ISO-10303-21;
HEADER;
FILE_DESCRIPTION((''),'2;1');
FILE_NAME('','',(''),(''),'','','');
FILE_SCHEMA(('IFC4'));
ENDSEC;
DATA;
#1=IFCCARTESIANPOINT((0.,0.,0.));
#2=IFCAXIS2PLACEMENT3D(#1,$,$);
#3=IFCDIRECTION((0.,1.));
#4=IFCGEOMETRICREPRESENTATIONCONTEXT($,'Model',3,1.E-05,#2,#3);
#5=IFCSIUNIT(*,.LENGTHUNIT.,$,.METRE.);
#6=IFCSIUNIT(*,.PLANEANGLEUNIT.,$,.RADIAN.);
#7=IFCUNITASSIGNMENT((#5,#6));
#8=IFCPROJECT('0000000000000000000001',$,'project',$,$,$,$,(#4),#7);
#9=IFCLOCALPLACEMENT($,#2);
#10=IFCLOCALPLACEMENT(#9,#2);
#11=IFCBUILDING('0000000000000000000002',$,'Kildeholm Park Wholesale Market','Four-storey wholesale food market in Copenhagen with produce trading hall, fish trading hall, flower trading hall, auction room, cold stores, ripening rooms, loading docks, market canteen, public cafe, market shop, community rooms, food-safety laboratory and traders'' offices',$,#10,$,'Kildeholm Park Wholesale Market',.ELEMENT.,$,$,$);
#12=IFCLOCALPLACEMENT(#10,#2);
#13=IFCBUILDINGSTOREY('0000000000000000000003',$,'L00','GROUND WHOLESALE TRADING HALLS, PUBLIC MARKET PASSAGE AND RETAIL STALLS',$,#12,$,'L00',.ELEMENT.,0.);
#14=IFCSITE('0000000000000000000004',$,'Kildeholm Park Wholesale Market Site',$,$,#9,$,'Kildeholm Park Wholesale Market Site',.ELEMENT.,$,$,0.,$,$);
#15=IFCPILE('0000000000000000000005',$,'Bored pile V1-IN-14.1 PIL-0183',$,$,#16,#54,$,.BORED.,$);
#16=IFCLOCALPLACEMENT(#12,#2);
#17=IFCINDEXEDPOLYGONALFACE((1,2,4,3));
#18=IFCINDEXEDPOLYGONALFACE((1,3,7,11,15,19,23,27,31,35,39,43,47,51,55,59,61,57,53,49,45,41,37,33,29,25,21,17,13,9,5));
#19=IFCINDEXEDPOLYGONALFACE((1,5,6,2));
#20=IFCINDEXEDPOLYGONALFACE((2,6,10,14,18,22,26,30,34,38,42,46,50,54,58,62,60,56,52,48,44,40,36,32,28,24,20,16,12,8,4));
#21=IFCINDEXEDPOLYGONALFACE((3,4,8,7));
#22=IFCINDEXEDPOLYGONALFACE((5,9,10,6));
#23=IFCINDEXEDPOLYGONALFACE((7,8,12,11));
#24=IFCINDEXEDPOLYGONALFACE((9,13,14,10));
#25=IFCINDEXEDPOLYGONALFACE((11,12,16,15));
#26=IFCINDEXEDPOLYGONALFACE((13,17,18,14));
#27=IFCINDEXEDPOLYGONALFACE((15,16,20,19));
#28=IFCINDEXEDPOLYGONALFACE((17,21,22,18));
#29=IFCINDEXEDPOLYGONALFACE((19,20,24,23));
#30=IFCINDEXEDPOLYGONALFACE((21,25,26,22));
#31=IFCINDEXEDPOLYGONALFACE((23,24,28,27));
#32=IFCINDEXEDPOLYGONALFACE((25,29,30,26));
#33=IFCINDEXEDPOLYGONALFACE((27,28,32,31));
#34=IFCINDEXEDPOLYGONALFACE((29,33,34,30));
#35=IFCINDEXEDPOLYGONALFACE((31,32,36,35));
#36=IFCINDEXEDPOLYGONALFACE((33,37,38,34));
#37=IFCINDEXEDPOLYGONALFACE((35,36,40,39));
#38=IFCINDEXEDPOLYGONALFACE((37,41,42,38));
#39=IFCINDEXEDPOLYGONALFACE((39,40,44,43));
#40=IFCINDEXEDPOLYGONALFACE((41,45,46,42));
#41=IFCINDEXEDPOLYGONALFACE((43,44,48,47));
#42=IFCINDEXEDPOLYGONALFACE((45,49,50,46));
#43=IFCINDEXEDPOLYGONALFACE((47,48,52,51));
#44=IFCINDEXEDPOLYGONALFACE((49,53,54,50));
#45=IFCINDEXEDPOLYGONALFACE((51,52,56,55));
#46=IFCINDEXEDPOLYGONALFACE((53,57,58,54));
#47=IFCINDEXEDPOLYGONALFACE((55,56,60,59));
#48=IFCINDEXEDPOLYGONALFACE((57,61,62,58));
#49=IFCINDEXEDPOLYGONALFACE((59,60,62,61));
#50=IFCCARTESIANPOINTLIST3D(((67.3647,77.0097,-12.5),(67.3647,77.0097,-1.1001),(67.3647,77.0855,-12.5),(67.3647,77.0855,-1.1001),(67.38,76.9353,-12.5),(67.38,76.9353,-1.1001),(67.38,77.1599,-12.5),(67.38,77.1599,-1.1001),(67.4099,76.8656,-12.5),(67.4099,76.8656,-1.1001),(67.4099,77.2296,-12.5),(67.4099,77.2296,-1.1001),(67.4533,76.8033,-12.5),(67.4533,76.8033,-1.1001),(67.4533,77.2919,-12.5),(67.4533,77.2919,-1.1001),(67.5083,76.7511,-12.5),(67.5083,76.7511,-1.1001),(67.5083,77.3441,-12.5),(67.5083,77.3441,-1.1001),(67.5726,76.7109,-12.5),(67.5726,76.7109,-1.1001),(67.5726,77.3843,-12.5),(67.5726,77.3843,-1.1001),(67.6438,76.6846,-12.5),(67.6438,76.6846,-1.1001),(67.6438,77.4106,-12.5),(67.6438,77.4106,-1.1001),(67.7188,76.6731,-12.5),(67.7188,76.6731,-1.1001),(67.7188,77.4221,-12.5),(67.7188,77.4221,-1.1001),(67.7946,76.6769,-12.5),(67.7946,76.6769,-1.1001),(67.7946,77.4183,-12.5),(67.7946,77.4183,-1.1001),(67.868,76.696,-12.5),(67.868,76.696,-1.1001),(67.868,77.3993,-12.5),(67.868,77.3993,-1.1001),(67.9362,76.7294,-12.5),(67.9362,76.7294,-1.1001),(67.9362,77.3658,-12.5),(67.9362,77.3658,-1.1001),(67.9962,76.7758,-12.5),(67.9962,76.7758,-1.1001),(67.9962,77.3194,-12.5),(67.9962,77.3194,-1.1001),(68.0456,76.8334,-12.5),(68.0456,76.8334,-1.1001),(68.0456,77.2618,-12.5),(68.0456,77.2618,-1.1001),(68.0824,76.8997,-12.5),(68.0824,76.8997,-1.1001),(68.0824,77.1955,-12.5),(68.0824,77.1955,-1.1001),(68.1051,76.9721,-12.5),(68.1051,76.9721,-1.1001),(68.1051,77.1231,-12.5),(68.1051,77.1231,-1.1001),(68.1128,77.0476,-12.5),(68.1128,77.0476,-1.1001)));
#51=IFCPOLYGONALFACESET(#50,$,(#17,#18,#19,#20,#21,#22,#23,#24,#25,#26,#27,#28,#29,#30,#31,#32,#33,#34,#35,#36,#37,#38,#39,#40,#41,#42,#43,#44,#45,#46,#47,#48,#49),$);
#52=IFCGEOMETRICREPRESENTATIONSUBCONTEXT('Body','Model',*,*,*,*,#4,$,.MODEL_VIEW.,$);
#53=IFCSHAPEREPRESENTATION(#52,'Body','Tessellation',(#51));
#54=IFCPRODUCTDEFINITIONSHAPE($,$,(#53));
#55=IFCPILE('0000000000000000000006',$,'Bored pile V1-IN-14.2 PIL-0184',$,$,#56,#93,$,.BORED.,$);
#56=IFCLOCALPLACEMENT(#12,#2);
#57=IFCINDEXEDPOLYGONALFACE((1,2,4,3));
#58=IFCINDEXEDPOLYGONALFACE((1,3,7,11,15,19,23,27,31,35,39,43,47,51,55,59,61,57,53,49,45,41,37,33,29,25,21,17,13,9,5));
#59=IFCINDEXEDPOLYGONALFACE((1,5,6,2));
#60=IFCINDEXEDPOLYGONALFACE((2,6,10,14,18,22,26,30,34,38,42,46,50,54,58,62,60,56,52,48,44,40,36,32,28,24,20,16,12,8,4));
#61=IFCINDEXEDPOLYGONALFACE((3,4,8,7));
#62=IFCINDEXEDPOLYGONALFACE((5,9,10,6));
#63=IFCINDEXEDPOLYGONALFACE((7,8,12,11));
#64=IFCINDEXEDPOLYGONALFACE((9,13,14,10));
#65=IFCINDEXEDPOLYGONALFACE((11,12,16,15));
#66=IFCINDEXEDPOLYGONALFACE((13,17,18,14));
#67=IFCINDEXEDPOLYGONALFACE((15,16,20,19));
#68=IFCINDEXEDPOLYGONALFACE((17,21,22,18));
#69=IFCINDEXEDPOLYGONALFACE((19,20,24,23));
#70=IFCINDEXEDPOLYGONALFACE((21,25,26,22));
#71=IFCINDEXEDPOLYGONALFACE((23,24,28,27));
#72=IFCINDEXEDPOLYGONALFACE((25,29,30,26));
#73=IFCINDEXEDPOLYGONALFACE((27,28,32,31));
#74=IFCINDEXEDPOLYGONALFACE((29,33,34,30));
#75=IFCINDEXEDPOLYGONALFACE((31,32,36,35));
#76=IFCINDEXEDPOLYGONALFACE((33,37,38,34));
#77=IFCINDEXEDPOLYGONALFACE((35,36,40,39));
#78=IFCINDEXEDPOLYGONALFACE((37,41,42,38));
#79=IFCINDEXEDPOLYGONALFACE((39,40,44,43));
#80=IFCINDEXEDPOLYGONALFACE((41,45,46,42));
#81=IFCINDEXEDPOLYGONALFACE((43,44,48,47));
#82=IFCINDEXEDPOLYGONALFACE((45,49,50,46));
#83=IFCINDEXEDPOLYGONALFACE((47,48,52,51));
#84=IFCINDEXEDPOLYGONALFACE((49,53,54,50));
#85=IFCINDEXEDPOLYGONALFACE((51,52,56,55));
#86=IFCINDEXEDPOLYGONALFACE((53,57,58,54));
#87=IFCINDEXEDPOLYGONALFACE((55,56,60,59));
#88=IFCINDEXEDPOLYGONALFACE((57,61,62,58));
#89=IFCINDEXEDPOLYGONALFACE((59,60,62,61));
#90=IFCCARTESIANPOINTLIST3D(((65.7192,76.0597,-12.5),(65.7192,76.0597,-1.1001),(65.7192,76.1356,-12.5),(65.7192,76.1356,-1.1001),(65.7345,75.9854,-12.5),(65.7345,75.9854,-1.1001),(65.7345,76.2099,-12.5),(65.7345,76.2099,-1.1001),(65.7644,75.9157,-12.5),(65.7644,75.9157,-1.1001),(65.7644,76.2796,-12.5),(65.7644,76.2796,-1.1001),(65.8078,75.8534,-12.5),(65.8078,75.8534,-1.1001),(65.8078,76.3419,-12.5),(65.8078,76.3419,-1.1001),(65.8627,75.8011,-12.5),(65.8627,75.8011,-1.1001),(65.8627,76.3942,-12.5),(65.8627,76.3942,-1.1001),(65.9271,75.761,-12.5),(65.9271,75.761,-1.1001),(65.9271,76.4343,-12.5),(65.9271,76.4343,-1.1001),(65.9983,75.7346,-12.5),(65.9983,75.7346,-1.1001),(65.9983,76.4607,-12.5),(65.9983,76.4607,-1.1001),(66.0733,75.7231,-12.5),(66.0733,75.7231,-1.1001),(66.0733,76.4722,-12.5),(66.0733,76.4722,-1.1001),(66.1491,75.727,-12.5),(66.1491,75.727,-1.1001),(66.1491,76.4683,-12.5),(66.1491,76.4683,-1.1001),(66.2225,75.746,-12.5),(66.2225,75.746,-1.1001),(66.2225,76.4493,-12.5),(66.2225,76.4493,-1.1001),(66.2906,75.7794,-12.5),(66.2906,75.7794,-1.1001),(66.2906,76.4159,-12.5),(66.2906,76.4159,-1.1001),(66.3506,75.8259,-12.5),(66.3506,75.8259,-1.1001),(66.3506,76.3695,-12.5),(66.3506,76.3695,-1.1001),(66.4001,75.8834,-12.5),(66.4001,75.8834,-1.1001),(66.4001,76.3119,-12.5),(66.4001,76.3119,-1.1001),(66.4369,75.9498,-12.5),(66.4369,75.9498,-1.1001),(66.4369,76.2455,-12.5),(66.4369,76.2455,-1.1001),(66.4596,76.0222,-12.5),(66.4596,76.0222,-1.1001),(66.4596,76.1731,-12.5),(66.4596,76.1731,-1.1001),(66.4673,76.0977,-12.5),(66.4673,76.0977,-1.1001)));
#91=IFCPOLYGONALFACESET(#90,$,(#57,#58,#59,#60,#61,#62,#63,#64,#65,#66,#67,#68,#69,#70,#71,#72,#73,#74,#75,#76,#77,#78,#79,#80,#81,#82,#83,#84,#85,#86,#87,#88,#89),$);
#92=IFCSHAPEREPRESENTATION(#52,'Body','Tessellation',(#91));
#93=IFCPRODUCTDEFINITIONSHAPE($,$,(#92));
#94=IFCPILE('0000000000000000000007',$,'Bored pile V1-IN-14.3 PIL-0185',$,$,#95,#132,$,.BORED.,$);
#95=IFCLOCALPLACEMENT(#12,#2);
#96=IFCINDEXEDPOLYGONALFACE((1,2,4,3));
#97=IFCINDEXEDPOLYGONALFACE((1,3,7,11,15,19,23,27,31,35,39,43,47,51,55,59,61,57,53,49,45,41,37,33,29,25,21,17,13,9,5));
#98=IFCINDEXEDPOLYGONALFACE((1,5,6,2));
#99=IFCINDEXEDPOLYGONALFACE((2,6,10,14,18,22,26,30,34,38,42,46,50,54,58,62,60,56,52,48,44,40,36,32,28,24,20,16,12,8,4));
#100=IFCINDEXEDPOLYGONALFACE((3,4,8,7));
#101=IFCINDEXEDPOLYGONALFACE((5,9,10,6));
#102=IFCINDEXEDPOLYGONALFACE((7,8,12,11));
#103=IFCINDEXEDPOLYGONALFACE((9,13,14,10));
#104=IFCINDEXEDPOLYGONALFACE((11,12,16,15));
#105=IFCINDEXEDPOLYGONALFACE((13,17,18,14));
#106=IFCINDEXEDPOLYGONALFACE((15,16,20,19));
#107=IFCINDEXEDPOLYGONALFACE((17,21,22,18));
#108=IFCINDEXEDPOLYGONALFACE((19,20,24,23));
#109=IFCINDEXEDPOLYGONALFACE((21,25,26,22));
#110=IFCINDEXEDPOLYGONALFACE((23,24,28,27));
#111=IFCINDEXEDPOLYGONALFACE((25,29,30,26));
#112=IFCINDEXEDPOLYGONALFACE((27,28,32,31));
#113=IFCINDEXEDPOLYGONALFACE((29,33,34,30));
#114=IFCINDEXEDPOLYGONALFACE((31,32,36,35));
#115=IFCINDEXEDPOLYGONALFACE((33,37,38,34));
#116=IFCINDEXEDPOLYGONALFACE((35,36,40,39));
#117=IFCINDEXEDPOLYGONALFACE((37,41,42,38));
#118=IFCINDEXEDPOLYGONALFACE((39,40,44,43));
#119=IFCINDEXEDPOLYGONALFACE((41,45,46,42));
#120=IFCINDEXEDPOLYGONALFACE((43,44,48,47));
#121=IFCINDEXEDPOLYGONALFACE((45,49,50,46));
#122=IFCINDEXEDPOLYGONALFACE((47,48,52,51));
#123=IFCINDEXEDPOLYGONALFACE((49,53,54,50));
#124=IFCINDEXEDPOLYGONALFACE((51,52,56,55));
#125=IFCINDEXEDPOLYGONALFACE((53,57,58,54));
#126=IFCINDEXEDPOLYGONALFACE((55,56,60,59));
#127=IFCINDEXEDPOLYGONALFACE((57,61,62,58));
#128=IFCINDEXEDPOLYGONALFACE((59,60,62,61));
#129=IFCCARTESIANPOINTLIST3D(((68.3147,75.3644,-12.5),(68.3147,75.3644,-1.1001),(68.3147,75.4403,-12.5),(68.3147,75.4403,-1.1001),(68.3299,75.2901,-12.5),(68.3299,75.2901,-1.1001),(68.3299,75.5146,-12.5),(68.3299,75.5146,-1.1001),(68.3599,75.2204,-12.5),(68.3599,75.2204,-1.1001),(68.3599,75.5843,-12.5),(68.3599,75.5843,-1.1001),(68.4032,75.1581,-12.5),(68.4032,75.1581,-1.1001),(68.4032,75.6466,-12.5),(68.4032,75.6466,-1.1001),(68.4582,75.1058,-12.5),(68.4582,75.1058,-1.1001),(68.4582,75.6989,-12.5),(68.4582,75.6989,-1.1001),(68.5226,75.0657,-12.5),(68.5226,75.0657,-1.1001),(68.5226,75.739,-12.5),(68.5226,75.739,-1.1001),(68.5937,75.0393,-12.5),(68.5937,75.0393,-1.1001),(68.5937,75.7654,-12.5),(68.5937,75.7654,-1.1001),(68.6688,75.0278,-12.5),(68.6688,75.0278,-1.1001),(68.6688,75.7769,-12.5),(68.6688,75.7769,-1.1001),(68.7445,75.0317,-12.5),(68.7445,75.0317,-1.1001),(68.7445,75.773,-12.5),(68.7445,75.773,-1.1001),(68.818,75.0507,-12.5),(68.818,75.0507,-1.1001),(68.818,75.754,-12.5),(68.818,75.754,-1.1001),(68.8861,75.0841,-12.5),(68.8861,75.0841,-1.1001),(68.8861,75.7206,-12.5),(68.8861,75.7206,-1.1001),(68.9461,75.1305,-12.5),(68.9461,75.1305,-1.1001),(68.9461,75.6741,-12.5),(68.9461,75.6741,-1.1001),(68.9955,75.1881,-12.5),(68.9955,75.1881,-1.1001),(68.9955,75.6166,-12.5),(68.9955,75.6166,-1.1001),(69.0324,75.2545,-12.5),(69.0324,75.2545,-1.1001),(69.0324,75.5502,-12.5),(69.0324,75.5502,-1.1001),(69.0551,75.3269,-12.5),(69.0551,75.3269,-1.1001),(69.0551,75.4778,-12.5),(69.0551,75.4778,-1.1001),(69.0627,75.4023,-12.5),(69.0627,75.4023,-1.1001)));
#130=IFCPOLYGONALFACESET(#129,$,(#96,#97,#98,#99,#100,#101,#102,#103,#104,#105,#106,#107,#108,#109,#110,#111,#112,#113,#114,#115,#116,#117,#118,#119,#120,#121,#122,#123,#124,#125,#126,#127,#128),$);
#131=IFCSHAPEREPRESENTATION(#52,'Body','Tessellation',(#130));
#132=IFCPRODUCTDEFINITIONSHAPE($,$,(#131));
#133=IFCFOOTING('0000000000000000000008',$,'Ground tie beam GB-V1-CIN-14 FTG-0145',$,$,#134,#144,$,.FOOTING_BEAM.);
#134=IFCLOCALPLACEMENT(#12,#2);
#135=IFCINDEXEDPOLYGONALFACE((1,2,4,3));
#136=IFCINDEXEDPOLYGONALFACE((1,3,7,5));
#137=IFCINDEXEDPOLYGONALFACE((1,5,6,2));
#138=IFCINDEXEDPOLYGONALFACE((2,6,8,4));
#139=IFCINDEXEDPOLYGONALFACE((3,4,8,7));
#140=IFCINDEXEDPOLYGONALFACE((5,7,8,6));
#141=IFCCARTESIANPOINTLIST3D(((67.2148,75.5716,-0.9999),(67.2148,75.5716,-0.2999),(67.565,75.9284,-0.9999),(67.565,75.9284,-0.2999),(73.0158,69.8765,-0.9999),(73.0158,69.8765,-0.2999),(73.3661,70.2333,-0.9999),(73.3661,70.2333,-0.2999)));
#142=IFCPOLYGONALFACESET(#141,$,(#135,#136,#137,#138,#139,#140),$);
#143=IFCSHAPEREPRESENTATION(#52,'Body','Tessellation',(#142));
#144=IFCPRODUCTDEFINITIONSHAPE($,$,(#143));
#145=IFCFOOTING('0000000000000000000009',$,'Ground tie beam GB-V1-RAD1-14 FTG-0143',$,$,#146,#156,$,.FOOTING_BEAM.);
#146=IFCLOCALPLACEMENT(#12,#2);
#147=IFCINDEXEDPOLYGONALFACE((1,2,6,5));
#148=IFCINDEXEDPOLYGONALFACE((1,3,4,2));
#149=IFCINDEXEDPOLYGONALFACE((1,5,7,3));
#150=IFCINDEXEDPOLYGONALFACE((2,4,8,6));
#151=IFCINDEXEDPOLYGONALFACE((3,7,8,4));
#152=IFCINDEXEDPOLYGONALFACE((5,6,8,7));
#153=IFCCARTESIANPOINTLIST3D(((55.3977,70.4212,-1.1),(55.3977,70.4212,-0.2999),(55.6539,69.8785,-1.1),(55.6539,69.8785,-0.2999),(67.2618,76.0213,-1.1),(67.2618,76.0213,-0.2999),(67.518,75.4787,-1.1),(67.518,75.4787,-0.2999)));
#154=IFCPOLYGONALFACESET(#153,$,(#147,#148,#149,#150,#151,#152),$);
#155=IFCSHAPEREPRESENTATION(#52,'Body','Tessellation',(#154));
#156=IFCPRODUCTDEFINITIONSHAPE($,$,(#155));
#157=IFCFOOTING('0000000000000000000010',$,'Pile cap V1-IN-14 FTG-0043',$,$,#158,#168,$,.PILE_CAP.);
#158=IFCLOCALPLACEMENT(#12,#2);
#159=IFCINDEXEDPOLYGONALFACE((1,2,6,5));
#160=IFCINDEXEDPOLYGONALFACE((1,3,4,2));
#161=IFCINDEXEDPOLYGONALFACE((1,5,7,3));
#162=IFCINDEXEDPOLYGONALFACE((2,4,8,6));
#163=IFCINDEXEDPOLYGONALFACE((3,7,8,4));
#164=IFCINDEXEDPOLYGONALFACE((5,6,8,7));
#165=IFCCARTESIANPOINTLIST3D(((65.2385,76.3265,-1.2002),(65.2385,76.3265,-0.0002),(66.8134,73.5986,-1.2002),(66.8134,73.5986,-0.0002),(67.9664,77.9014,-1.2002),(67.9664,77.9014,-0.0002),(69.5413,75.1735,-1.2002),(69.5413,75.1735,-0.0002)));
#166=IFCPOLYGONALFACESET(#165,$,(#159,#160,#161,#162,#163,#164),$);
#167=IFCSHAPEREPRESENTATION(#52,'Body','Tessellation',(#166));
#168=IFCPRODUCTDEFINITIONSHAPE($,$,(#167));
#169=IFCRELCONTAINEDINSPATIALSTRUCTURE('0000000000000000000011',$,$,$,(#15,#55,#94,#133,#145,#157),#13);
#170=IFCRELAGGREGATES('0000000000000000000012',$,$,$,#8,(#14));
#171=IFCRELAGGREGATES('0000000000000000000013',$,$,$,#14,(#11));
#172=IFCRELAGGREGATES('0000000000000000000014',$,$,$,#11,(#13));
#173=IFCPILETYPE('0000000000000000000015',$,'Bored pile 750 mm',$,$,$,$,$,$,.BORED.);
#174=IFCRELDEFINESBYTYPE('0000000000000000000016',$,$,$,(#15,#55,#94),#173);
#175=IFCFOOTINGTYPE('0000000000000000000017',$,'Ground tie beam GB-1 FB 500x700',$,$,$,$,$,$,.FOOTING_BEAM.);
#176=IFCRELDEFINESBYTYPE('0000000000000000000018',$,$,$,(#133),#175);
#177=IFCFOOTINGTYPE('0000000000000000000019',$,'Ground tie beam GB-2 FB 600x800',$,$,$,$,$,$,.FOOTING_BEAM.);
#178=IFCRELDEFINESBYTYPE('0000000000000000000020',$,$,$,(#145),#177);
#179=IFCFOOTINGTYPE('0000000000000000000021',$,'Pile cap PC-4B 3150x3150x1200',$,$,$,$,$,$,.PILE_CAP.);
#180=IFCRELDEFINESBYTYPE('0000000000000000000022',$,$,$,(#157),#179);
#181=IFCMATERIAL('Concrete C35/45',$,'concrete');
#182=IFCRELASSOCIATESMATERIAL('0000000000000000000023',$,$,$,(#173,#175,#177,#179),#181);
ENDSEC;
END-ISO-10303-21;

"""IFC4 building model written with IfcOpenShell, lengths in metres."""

from ifc_helpers import new_model, si_unit, direction, frame, origin, origin_2d, place, context, subcontext, project, spatial, rectangle, circle, extrude, material, material_profile, profile_set, type_object, element, save


model = new_model("IFC4")

# Units and contexts
model_context = context("Model", 3, precision=1e-05, world=origin(), true_north=direction((0.0, 1.0)))
body_context = subcontext(model_context, "Body", "Model", "MODEL_VIEW")
ifc_project = project(units=[si_unit("LENGTHUNIT", "METRE"), si_unit("PLANEANGLEUNIT", "RADIAN")], contexts=[model_context])

# Site, building, storey
site_placement = place(None, origin())
site = spatial("IfcSite", under=ifc_project, at=site_placement, Name="Kildeholm Park Wholesale Market Site", LongName="Kildeholm Park Wholesale Market Site", CompositionType="ELEMENT", RefElevation=0.0)
building_placement = place(site_placement, origin())
building = spatial("IfcBuilding", under=site, at=building_placement, Name="Kildeholm Park Wholesale Market", Description="Four-storey wholesale food market in Copenhagen with produce trading hall, fish trading hall, flower trading hall, auction room, cold stores, ripening rooms, loading docks, market canteen, public cafe, market shop, community rooms, food-safety laboratory and traders' offices", LongName="Kildeholm Park Wholesale Market", CompositionType="ELEMENT")
storey_placement = place(building_placement, origin())
storey = spatial("IfcBuildingStorey", under=building, at=storey_placement, Name="L00", Description="GROUND WHOLESALE TRADING HALLS, PUBLIC MARKET PASSAGE AND RETAIL STALLS", LongName="L00", CompositionType="ELEMENT", Elevation=0.0)

# Piles
ifc_material_1 = material(Name="Concrete C35/45", Category="concrete")
ifc_material_profile_1 = material_profile(ifc_material_1, circle(Radius=0.375, at=origin_2d()), Name="PILE D750")
ifc_profile_set_1 = profile_set([ifc_material_profile_1], Name="Concrete C35/45")
pile_type = type_object("IfcPileType", Name="Bored pile 750 mm", PredefinedType="BORED", material=ifc_profile_set_1)
for number, where, z_axis, x_axis, name in (
    (1, (67.7378, 77.0476, -1.1001), (0.0, 0.0, -1.0), (1.0, 0.0, 0.0), "Bored pile V1-IN-14.1 PIL-0183"),
    (2, (66.0923, 76.0977, -1.1001), (0.0, 0.0, -1.0), (1.0, 0.0, 0.0), "Bored pile V1-IN-14.2 PIL-0184"),
    (3, (68.6877, 75.4023, -1.1001), (0.0, 0.0, -1.0), (1.0, 0.0, 0.0), "Bored pile V1-IN-14.3 PIL-0185"),
):
    element("IfcPile", number, at=place(storey_placement, frame(where, z_axis=z_axis, x_axis=x_axis)), inside=storey, type_object=pile_type, Name=name, PredefinedType="BORED", context=body_context, shape_type="SweptSolid", body=[
        extrude(circle(Radius=0.375, at=origin_2d()), origin(), (0.0, 0.0, 1.0), 11.3999),
    ])

# Footings
ifc_material_profile_2 = material_profile(ifc_material_1, rectangle(XDim=0.5, YDim=0.7, at=origin_2d()), Name="FB 500x700")
ifc_profile_set_2 = profile_set([ifc_material_profile_2], Name="Concrete C35/45")
footing_type_1 = type_object("IfcFootingType", Name="Ground tie beam GB-1 FB 500x700", PredefinedType="FOOTING_BEAM", material=ifc_profile_set_2)
footing_1_placement = place(storey_placement, frame((67.3899, 75.75, -0.6499), z_axis=(0.713594, -0.70056, 0.0), x_axis=(0.70056, 0.713594, 0.0)))
element("IfcFooting", 4, at=footing_1_placement, inside=storey, type_object=footing_type_1, Name="Ground tie beam GB-V1-CIN-14 FTG-0145", PredefinedType="FOOTING_BEAM", context=body_context, shape_type="SweptSolid", body=[
    extrude(rectangle(XDim=0.5, YDim=0.7, at=origin_2d()), origin(), (0.0, 0.0, 1.0), 8.1294),
])
ifc_material_profile_3 = material_profile(ifc_material_1, rectangle(XDim=0.6001, YDim=0.8, at=origin_2d()), Name="FB 600x800")
ifc_profile_set_3 = profile_set([ifc_material_profile_3], Name="Concrete C35/45")
footing_type_2 = type_object("IfcFootingType", Name="Ground tie beam GB-2 FB 600x800", PredefinedType="FOOTING_BEAM", material=ifc_profile_set_3)
footing_2_placement = place(storey_placement, frame((67.3899, 75.75, -0.7), z_axis=(-0.904318, -0.42686, 0.0), x_axis=(0.42686, -0.904318, 0.0)))
element("IfcFooting", 5, at=footing_2_placement, inside=storey, type_object=footing_type_2, Name="Ground tie beam GB-V1-RAD1-14 FTG-0143", PredefinedType="FOOTING_BEAM", context=body_context, shape_type="SweptSolid", body=[
    extrude(rectangle(XDim=0.6001, YDim=0.8, at=origin_2d()), origin(), (0.0, 0.0, 1.0), 13.1194),
])
footing_type_3 = type_object("IfcFootingType", Name="Pile cap PC-4B 3150x3150x1200", PredefinedType="PILE_CAP", material=ifc_material_1)
footing_3_placement = place(storey_placement, frame((67.3899, 75.75, -1.2002), z_axis=(0.0, 0.0, 1.0), x_axis=(-0.866025, -0.5, 0.0)))
element("IfcFooting", 6, at=footing_3_placement, inside=storey, type_object=footing_type_3, Name="Pile cap V1-IN-14 FTG-0043", PredefinedType="PILE_CAP", context=body_context, shape_type="SweptSolid", body=[
    extrude(rectangle(XDim=3.1499, YDim=3.1499, at=origin_2d()), origin(), (0.0, 0.0, 1.0), 1.2),
])

save(model, "model.ifc")
